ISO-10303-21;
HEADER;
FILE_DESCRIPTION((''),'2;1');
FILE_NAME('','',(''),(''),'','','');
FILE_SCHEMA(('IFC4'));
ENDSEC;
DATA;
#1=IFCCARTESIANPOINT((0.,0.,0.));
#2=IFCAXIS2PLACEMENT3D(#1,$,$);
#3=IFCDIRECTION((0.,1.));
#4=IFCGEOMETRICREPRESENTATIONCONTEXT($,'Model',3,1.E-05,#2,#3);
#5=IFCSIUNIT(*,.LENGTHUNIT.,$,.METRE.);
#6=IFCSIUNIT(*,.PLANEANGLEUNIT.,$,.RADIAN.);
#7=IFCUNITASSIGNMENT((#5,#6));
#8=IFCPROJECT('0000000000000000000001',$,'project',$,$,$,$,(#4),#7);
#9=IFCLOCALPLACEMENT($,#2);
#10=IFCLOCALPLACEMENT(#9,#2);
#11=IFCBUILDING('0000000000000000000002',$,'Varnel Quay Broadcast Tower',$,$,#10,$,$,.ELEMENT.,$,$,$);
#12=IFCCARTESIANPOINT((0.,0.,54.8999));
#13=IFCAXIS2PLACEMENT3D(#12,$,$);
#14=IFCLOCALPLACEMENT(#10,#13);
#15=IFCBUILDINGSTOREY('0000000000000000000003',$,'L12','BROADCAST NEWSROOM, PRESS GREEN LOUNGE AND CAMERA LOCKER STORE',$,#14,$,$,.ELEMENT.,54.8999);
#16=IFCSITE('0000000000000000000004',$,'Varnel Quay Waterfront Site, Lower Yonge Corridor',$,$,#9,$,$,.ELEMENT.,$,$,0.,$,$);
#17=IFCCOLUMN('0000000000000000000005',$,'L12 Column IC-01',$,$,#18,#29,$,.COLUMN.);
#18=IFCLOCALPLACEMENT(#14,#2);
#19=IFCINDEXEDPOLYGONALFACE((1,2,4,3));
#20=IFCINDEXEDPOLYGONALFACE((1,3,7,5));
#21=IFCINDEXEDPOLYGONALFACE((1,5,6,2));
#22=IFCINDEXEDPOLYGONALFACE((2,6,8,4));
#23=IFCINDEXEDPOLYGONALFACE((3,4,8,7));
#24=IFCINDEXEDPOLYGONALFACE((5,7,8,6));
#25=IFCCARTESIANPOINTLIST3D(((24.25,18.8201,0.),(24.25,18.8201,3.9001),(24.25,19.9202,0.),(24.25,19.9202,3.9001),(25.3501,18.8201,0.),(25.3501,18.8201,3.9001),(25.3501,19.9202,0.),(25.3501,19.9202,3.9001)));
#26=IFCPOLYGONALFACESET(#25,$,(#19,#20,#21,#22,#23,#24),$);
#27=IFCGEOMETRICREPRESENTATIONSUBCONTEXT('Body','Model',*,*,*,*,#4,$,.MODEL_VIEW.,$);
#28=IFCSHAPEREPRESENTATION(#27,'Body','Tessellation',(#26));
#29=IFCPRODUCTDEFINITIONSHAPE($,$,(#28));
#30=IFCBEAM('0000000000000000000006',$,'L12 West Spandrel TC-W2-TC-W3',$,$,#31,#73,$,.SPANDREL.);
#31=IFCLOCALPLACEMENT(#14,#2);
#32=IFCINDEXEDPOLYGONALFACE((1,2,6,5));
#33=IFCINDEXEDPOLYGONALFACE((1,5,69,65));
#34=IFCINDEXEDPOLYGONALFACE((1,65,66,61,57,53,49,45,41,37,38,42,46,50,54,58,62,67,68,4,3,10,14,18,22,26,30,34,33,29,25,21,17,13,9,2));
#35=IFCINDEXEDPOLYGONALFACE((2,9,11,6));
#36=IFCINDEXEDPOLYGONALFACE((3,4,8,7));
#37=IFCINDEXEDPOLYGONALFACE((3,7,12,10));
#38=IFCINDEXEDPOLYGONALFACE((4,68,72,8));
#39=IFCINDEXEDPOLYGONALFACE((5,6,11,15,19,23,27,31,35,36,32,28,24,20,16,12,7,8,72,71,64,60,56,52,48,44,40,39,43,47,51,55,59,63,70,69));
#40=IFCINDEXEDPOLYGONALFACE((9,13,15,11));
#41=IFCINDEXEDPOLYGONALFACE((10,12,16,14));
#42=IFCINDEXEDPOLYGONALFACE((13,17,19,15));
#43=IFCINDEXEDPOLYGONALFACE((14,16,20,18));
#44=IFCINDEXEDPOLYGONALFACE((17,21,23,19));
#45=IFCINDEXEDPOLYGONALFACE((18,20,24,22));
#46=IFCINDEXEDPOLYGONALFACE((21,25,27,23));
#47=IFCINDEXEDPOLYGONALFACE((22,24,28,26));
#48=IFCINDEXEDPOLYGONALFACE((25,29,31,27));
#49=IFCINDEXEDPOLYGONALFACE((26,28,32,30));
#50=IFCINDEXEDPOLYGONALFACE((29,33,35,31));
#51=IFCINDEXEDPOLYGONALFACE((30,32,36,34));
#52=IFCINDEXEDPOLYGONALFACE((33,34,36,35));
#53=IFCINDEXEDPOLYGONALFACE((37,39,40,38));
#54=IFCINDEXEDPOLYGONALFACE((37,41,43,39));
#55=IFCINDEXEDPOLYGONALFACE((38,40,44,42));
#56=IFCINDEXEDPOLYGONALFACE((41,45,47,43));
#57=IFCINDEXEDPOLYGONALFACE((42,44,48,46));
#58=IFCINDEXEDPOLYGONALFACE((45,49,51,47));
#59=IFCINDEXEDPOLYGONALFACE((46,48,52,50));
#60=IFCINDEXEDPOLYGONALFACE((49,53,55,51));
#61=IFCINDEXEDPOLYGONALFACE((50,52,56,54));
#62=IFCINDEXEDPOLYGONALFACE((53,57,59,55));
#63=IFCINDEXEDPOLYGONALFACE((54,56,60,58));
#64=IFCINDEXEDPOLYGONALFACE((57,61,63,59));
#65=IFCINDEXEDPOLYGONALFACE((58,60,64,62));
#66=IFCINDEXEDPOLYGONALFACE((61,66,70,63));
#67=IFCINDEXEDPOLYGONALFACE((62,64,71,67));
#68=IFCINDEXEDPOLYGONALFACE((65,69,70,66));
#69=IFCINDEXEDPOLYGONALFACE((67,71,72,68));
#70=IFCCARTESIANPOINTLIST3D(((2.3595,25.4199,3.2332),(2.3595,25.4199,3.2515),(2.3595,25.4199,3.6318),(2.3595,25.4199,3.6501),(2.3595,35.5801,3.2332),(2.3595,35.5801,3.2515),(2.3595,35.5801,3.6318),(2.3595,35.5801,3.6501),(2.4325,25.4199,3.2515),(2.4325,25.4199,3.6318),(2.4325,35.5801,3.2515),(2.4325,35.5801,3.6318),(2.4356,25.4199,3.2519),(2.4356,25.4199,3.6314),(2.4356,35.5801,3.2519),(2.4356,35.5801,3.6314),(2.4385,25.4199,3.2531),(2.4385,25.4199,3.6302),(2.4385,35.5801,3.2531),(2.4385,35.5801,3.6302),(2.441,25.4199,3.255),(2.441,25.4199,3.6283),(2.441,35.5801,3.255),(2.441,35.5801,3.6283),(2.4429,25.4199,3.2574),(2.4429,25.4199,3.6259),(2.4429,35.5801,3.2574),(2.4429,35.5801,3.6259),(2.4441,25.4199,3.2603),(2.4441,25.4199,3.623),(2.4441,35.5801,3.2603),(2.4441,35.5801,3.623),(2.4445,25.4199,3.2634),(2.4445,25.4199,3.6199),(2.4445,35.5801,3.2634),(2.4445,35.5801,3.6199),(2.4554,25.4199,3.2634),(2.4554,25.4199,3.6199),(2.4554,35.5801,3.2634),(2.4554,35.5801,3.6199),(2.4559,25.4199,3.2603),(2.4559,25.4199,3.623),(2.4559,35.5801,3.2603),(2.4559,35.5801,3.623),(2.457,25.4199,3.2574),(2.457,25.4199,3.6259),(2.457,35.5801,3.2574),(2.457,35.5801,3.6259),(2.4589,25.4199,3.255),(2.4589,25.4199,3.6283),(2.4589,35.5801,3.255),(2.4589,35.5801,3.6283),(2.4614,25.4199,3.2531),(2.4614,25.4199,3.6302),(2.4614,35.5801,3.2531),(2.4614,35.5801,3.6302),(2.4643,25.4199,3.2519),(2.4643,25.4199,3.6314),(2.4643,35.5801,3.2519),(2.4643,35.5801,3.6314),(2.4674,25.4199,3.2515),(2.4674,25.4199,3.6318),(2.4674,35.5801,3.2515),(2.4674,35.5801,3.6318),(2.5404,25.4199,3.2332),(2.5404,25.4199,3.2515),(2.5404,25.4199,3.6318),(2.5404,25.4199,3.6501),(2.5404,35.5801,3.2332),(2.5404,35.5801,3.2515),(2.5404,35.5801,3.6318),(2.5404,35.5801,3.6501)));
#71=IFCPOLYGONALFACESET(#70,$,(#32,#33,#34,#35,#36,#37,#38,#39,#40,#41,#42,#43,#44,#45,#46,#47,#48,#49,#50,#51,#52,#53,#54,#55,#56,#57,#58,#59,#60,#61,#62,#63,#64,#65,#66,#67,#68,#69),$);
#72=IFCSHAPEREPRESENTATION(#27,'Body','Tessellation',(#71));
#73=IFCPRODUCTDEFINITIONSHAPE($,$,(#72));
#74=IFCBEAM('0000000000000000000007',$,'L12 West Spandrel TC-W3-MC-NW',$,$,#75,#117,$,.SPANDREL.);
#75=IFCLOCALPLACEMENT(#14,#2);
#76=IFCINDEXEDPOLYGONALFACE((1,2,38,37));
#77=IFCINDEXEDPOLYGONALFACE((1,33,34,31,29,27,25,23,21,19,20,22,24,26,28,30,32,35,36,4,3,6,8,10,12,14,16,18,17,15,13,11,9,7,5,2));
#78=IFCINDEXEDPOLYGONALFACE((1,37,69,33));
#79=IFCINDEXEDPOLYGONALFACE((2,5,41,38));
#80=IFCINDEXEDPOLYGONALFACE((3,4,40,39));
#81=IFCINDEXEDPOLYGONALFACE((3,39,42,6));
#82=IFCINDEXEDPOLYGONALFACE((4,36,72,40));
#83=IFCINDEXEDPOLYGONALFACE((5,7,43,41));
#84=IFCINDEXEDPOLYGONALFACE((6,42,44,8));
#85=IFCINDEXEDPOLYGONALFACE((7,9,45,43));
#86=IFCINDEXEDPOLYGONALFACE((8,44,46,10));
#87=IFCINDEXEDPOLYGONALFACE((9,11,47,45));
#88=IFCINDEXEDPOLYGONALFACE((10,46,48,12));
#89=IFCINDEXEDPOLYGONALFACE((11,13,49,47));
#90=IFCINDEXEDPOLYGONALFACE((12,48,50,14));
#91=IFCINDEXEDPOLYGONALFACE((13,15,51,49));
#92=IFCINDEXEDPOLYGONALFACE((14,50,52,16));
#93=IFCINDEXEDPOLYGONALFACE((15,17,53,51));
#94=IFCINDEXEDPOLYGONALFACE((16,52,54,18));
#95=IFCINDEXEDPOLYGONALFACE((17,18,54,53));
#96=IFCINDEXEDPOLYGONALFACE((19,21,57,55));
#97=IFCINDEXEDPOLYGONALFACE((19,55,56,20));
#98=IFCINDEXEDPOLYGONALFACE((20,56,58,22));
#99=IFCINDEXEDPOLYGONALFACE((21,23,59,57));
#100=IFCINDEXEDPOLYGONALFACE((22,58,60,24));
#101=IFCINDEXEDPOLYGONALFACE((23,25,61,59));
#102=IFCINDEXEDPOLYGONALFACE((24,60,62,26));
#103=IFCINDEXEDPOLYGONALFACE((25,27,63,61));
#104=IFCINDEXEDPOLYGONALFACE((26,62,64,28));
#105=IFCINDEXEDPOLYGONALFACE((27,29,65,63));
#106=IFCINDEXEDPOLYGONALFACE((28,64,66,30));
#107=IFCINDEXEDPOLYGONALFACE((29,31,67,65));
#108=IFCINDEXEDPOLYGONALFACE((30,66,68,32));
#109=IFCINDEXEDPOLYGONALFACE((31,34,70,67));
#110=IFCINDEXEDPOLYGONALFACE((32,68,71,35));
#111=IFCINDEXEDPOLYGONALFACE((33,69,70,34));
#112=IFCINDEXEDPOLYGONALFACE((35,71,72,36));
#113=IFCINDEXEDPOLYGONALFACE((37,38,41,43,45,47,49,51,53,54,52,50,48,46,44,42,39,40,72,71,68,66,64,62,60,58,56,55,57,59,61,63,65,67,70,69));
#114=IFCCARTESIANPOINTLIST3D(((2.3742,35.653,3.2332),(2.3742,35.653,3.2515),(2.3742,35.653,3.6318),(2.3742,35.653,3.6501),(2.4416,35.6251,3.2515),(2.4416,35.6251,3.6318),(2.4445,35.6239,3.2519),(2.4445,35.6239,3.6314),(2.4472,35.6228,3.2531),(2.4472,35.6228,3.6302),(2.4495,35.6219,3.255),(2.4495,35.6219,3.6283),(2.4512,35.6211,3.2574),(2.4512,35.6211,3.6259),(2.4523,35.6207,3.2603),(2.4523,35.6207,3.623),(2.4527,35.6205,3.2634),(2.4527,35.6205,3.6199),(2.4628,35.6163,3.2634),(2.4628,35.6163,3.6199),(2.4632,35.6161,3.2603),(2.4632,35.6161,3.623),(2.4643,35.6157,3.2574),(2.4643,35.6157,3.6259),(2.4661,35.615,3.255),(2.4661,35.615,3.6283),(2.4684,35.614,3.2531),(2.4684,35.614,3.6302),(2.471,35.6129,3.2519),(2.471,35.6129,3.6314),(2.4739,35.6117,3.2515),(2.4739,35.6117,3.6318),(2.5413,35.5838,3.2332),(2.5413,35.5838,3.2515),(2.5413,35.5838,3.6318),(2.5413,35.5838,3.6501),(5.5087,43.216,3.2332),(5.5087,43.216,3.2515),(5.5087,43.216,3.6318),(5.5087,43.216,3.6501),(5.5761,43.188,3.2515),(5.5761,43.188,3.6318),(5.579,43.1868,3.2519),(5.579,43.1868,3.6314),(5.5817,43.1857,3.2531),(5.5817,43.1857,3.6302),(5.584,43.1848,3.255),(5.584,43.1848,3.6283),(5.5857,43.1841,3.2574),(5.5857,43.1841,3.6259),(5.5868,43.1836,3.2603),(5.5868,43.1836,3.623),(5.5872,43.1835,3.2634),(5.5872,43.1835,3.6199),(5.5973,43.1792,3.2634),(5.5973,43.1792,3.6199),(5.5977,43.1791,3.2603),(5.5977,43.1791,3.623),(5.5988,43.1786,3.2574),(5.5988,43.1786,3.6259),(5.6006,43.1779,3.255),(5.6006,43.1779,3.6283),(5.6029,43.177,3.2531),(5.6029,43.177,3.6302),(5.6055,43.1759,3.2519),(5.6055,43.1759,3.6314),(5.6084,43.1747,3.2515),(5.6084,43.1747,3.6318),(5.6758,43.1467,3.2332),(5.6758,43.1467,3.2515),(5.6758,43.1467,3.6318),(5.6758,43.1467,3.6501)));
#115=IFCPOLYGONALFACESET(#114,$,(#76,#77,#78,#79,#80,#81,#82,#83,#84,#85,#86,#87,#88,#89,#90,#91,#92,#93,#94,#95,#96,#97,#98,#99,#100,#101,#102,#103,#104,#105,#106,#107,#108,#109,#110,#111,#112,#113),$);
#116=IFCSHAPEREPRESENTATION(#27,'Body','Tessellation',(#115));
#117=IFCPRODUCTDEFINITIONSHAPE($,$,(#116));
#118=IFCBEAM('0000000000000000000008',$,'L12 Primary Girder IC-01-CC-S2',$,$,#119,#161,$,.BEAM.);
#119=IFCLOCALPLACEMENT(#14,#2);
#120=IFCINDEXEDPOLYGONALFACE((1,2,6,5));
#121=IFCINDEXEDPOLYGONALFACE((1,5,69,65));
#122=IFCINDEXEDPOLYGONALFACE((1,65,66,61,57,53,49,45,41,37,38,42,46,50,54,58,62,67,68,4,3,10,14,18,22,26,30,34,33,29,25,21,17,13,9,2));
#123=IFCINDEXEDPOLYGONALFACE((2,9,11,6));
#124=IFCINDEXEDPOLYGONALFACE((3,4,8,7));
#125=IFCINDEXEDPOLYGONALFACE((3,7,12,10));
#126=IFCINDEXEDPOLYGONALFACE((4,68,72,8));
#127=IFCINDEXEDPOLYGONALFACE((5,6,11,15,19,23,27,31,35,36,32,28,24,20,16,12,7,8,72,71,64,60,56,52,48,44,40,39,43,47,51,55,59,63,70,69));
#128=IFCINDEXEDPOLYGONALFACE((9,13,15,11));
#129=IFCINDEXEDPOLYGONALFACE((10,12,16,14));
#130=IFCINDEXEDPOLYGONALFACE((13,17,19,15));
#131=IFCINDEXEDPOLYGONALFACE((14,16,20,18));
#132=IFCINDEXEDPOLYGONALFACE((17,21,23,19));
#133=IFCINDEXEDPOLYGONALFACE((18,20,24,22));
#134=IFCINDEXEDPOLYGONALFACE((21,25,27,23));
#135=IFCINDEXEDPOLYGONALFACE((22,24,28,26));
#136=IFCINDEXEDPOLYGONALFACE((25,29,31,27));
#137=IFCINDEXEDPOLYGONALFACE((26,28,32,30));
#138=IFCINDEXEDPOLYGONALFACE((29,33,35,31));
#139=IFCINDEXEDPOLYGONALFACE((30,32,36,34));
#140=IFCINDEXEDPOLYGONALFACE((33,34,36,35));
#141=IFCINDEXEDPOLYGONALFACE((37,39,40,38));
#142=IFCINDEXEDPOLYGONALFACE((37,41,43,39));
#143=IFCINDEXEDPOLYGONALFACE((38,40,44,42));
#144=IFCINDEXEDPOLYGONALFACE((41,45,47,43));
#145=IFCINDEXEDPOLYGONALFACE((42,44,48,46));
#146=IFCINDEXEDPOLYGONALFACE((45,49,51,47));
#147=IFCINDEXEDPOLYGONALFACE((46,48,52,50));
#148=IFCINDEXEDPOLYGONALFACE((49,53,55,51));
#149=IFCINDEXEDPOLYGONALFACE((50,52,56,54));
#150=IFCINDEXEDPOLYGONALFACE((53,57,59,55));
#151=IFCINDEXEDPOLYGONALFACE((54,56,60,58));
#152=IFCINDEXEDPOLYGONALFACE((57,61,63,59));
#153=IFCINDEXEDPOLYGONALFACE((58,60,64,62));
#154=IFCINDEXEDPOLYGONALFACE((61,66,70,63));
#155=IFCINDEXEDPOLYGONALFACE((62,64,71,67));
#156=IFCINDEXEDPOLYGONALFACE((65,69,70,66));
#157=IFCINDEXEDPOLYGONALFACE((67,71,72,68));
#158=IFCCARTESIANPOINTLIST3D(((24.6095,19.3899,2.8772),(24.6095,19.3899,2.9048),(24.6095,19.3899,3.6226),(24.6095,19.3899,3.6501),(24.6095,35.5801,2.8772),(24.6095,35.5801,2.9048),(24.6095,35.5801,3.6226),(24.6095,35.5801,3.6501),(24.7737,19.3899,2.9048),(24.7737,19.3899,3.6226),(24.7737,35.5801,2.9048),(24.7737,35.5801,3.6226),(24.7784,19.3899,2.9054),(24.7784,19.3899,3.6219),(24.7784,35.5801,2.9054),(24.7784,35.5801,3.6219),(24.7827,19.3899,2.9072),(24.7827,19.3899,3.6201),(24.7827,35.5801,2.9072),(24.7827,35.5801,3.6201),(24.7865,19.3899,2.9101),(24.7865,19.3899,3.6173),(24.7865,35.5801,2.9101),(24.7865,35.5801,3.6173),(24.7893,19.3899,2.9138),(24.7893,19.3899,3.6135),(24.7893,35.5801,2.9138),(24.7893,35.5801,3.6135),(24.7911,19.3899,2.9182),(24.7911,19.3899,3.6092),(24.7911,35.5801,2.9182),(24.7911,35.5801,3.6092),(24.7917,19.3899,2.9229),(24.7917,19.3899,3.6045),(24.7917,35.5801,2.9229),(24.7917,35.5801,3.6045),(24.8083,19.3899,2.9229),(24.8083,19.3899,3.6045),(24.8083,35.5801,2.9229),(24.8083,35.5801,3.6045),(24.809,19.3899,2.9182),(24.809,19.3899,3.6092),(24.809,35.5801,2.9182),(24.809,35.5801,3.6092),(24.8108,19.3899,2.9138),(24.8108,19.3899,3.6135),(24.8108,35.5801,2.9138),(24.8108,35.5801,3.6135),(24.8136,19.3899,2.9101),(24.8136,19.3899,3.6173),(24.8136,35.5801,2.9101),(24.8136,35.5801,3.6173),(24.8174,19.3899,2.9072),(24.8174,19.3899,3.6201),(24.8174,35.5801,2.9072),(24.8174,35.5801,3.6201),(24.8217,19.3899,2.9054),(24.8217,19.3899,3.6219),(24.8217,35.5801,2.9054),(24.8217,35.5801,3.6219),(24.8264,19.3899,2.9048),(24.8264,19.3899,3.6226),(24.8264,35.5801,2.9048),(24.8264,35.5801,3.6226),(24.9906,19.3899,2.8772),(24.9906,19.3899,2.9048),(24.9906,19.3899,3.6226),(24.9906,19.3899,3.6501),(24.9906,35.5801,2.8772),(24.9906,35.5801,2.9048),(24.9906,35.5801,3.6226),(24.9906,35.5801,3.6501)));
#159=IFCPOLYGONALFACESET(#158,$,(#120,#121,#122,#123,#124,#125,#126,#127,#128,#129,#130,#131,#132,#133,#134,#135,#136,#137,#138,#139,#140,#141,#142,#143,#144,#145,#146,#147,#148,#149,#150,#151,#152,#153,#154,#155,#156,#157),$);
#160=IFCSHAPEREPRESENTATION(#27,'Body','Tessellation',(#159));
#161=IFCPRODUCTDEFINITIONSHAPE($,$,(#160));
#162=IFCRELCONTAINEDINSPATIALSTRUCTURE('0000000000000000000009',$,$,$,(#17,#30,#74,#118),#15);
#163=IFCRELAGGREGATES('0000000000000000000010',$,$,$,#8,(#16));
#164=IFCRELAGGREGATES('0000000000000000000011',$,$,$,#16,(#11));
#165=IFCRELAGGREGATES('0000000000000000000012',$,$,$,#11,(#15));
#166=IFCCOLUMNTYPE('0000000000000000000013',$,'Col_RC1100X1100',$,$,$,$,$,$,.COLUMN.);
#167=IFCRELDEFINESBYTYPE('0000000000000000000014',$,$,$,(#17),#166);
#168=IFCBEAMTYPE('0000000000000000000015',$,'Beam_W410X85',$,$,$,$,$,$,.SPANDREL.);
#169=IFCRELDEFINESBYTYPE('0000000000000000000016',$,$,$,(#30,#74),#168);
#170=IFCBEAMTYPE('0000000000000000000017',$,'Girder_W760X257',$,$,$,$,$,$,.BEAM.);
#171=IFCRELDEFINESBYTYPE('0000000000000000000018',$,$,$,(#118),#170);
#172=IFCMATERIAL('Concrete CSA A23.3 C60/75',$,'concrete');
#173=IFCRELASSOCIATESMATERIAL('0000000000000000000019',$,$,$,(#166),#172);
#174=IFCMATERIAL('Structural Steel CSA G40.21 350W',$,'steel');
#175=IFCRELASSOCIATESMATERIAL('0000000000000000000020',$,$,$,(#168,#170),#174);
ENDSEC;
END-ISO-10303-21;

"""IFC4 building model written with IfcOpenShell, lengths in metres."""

from ifc_helpers import new_model, si_unit, direction, frame, origin, origin_2d, place, context, subcontext, project, spatial, rectangle, i_section, extrude, source, transform, mapped, material, material_profile, profile_set, type_object, type_shapes, element, save


model = new_model("IFC4")

# Units and contexts
model_context = context("Model", 3, precision=1e-05, world=origin(), true_north=direction((0.0, 1.0)))
body_context = subcontext(model_context, "Body", "Model", "MODEL_VIEW")
ifc_project = project(units=[si_unit("LENGTHUNIT", "METRE"), si_unit("PLANEANGLEUNIT", "RADIAN")], contexts=[model_context])

# Site, building, storey
site_placement = place(None, origin())
site = spatial("IfcSite", under=ifc_project, at=site_placement, Name="Varnel Quay Waterfront Site, Lower Yonge Corridor", CompositionType="ELEMENT", RefElevation=0.0)
building_placement = place(site_placement, origin())
building = spatial("IfcBuilding", under=site, at=building_placement, Name="Varnel Quay Broadcast Tower", CompositionType="ELEMENT")
storey_placement = place(building_placement, frame((0.0, 0.0, 54.8999)))
storey = spatial("IfcBuildingStorey", under=building, at=storey_placement, Name="L12", Description="BROADCAST NEWSROOM, PRESS GREEN LOUNGE AND CAMERA LOCKER STORE", CompositionType="ELEMENT", Elevation=54.8999)

# Column
ifc_material_1 = material(Name="Structural Steel CSA G40.21 350W", Category="steel")
ifc_material_2 = material(Name="Concrete CSA A23.3 C60/75", Category="concrete")
ifc_material_profile_1 = material_profile(ifc_material_2, rectangle(XDim=1.1001, YDim=1.1001, at=origin_2d()), Name="RC1100X1100")
ifc_profile_set_1 = profile_set([ifc_material_profile_1], Name="Concrete CSA A23.3 C60/75")
column_type_1 = type_object("IfcColumnType", Name="Col_RC1100X1100", PredefinedType="COLUMN", material=ifc_profile_set_1)
shared_shape_1 = source(origin(), body_context, "Body", "SweptSolid", [
    extrude(rectangle(XDim=1.1001, YDim=1.1001, at=origin_2d()), origin(), (0.0, 0.0, 1.0), 3.9001),
])
type_shapes(column_type_1, [shared_shape_1])
column_placement = place(storey_placement, frame((24.8, 19.3701, 0.0), z_axis=(0.0, 0.0, 1.0), x_axis=(1.0, 0.0, 0.0)))
element("IfcColumn", 1, at=column_placement, inside=storey, type_object=column_type_1, Name="L12 Column IC-01", PredefinedType="COLUMN", context=body_context, shape_type="MappedRepresentation", body=[
    mapped(shared_shape_1, transform((0.0, 0.0, 0.0), x_axis=(1.0, 0.0, 0.0), y_axis=(0.0, 1.0, 0.0), z_axis=(0.0, 0.0, 1.0), scale=1.0)),
])

# Beams
ifc_material_profile_2 = material_profile(ifc_material_1, i_section(OverallWidth=0.1809, OverallDepth=0.417, WebThickness=0.011, FlangeThickness=0.0183, FilletRadius=0.012, at=origin_2d()), Name="W410X85")
ifc_profile_set_2 = profile_set([ifc_material_profile_2], Name="Structural Steel CSA G40.21 350W")
beam_type_1 = type_object("IfcBeamType", Name="Beam_W410X85", PredefinedType="SPANDREL", material=ifc_profile_set_2)
shared_shape_2 = source(origin(), body_context, "Body", "SweptSolid", [
    extrude(i_section(OverallWidth=0.1809, OverallDepth=0.417, WebThickness=0.011, FlangeThickness=0.0183, FilletRadius=0.012, at=origin_2d()), origin(), (0.0, 0.0, 1.0), 10.1602),
])
beam_1_placement = place(storey_placement, frame((2.45, 25.4199, 3.4417), z_axis=(0.0, 1.0, 0.0), x_axis=(-1.0, 0.0, 0.0)))
element("IfcBeam", 2, at=beam_1_placement, inside=storey, type_object=beam_type_1, Name="L12 West Spandrel TC-W2-TC-W3", PredefinedType="SPANDREL", context=body_context, shape_type="MappedRepresentation", body=[
    mapped(shared_shape_2, transform((0.0, 0.0, 0.0), x_axis=(1.0, 0.0, 0.0), y_axis=(0.0, 1.0, 0.0), z_axis=(0.0, 0.0, 1.0), scale=1.0)),
])
shared_shape_3 = source(origin(), body_context, "Body", "SweptSolid", [
    extrude(i_section(OverallWidth=0.1809, OverallDepth=0.417, WebThickness=0.011, FlangeThickness=0.0183, FilletRadius=0.012, at=origin_2d()), origin(), (0.0, 0.0, 1.0), 8.1868),
])
type_shapes(beam_type_1, [shared_shape_2, shared_shape_3])
beam_2_placement = place(storey_placement, frame((2.4578, 35.6184, 3.4417), z_axis=(0.382874, 0.923801, 0.0), x_axis=(-0.923801, 0.382874, 0.0)))
element("IfcBeam", 3, at=beam_2_placement, inside=storey, type_object=beam_type_1, Name="L12 West Spandrel TC-W3-MC-NW", PredefinedType="SPANDREL", context=body_context, shape_type="MappedRepresentation", body=[
    mapped(shared_shape_3, transform((0.0, 0.0, 0.0), x_axis=(1.0, 0.0, 0.0), y_axis=(0.0, 1.0, 0.0), z_axis=(0.0, 0.0, 1.0), scale=1.0)),
])
ifc_material_profile_3 = material_profile(ifc_material_1, i_section(OverallWidth=0.3811, OverallDepth=0.7729, WebThickness=0.0166, FlangeThickness=0.0276, FilletRadius=0.0181, at=origin_2d()), Name="W760X257")
ifc_profile_set_3 = profile_set([ifc_material_profile_3], Name="Structural Steel CSA G40.21 350W")
beam_type_2 = type_object("IfcBeamType", Name="Girder_W760X257", PredefinedType="BEAM", material=ifc_profile_set_3)
shared_shape_4 = source(origin(), body_context, "Body", "SweptSolid", [
    extrude(i_section(OverallWidth=0.3811, OverallDepth=0.7729, WebThickness=0.0166, FlangeThickness=0.0276, FilletRadius=0.0181, at=origin_2d()), origin(), (0.0, 0.0, 1.0), 16.1902),
])
beam_3_placement = place(storey_placement, frame((24.8, 19.3899, 3.2637), z_axis=(0.0, 1.0, 0.0), x_axis=(-1.0, 0.0, 0.0)))
element("IfcBeam", 4, at=beam_3_placement, inside=storey, type_object=beam_type_2, Name="L12 Primary Girder IC-01-CC-S2", PredefinedType="BEAM", context=body_context, shape_type="MappedRepresentation", body=[
    mapped(shared_shape_4, transform((0.0, 0.0, 0.0), x_axis=(1.0, 0.0, 0.0), y_axis=(0.0, 1.0, 0.0), z_axis=(0.0, 0.0, 1.0), scale=1.0)),
])

save(model, "model.ifc")
